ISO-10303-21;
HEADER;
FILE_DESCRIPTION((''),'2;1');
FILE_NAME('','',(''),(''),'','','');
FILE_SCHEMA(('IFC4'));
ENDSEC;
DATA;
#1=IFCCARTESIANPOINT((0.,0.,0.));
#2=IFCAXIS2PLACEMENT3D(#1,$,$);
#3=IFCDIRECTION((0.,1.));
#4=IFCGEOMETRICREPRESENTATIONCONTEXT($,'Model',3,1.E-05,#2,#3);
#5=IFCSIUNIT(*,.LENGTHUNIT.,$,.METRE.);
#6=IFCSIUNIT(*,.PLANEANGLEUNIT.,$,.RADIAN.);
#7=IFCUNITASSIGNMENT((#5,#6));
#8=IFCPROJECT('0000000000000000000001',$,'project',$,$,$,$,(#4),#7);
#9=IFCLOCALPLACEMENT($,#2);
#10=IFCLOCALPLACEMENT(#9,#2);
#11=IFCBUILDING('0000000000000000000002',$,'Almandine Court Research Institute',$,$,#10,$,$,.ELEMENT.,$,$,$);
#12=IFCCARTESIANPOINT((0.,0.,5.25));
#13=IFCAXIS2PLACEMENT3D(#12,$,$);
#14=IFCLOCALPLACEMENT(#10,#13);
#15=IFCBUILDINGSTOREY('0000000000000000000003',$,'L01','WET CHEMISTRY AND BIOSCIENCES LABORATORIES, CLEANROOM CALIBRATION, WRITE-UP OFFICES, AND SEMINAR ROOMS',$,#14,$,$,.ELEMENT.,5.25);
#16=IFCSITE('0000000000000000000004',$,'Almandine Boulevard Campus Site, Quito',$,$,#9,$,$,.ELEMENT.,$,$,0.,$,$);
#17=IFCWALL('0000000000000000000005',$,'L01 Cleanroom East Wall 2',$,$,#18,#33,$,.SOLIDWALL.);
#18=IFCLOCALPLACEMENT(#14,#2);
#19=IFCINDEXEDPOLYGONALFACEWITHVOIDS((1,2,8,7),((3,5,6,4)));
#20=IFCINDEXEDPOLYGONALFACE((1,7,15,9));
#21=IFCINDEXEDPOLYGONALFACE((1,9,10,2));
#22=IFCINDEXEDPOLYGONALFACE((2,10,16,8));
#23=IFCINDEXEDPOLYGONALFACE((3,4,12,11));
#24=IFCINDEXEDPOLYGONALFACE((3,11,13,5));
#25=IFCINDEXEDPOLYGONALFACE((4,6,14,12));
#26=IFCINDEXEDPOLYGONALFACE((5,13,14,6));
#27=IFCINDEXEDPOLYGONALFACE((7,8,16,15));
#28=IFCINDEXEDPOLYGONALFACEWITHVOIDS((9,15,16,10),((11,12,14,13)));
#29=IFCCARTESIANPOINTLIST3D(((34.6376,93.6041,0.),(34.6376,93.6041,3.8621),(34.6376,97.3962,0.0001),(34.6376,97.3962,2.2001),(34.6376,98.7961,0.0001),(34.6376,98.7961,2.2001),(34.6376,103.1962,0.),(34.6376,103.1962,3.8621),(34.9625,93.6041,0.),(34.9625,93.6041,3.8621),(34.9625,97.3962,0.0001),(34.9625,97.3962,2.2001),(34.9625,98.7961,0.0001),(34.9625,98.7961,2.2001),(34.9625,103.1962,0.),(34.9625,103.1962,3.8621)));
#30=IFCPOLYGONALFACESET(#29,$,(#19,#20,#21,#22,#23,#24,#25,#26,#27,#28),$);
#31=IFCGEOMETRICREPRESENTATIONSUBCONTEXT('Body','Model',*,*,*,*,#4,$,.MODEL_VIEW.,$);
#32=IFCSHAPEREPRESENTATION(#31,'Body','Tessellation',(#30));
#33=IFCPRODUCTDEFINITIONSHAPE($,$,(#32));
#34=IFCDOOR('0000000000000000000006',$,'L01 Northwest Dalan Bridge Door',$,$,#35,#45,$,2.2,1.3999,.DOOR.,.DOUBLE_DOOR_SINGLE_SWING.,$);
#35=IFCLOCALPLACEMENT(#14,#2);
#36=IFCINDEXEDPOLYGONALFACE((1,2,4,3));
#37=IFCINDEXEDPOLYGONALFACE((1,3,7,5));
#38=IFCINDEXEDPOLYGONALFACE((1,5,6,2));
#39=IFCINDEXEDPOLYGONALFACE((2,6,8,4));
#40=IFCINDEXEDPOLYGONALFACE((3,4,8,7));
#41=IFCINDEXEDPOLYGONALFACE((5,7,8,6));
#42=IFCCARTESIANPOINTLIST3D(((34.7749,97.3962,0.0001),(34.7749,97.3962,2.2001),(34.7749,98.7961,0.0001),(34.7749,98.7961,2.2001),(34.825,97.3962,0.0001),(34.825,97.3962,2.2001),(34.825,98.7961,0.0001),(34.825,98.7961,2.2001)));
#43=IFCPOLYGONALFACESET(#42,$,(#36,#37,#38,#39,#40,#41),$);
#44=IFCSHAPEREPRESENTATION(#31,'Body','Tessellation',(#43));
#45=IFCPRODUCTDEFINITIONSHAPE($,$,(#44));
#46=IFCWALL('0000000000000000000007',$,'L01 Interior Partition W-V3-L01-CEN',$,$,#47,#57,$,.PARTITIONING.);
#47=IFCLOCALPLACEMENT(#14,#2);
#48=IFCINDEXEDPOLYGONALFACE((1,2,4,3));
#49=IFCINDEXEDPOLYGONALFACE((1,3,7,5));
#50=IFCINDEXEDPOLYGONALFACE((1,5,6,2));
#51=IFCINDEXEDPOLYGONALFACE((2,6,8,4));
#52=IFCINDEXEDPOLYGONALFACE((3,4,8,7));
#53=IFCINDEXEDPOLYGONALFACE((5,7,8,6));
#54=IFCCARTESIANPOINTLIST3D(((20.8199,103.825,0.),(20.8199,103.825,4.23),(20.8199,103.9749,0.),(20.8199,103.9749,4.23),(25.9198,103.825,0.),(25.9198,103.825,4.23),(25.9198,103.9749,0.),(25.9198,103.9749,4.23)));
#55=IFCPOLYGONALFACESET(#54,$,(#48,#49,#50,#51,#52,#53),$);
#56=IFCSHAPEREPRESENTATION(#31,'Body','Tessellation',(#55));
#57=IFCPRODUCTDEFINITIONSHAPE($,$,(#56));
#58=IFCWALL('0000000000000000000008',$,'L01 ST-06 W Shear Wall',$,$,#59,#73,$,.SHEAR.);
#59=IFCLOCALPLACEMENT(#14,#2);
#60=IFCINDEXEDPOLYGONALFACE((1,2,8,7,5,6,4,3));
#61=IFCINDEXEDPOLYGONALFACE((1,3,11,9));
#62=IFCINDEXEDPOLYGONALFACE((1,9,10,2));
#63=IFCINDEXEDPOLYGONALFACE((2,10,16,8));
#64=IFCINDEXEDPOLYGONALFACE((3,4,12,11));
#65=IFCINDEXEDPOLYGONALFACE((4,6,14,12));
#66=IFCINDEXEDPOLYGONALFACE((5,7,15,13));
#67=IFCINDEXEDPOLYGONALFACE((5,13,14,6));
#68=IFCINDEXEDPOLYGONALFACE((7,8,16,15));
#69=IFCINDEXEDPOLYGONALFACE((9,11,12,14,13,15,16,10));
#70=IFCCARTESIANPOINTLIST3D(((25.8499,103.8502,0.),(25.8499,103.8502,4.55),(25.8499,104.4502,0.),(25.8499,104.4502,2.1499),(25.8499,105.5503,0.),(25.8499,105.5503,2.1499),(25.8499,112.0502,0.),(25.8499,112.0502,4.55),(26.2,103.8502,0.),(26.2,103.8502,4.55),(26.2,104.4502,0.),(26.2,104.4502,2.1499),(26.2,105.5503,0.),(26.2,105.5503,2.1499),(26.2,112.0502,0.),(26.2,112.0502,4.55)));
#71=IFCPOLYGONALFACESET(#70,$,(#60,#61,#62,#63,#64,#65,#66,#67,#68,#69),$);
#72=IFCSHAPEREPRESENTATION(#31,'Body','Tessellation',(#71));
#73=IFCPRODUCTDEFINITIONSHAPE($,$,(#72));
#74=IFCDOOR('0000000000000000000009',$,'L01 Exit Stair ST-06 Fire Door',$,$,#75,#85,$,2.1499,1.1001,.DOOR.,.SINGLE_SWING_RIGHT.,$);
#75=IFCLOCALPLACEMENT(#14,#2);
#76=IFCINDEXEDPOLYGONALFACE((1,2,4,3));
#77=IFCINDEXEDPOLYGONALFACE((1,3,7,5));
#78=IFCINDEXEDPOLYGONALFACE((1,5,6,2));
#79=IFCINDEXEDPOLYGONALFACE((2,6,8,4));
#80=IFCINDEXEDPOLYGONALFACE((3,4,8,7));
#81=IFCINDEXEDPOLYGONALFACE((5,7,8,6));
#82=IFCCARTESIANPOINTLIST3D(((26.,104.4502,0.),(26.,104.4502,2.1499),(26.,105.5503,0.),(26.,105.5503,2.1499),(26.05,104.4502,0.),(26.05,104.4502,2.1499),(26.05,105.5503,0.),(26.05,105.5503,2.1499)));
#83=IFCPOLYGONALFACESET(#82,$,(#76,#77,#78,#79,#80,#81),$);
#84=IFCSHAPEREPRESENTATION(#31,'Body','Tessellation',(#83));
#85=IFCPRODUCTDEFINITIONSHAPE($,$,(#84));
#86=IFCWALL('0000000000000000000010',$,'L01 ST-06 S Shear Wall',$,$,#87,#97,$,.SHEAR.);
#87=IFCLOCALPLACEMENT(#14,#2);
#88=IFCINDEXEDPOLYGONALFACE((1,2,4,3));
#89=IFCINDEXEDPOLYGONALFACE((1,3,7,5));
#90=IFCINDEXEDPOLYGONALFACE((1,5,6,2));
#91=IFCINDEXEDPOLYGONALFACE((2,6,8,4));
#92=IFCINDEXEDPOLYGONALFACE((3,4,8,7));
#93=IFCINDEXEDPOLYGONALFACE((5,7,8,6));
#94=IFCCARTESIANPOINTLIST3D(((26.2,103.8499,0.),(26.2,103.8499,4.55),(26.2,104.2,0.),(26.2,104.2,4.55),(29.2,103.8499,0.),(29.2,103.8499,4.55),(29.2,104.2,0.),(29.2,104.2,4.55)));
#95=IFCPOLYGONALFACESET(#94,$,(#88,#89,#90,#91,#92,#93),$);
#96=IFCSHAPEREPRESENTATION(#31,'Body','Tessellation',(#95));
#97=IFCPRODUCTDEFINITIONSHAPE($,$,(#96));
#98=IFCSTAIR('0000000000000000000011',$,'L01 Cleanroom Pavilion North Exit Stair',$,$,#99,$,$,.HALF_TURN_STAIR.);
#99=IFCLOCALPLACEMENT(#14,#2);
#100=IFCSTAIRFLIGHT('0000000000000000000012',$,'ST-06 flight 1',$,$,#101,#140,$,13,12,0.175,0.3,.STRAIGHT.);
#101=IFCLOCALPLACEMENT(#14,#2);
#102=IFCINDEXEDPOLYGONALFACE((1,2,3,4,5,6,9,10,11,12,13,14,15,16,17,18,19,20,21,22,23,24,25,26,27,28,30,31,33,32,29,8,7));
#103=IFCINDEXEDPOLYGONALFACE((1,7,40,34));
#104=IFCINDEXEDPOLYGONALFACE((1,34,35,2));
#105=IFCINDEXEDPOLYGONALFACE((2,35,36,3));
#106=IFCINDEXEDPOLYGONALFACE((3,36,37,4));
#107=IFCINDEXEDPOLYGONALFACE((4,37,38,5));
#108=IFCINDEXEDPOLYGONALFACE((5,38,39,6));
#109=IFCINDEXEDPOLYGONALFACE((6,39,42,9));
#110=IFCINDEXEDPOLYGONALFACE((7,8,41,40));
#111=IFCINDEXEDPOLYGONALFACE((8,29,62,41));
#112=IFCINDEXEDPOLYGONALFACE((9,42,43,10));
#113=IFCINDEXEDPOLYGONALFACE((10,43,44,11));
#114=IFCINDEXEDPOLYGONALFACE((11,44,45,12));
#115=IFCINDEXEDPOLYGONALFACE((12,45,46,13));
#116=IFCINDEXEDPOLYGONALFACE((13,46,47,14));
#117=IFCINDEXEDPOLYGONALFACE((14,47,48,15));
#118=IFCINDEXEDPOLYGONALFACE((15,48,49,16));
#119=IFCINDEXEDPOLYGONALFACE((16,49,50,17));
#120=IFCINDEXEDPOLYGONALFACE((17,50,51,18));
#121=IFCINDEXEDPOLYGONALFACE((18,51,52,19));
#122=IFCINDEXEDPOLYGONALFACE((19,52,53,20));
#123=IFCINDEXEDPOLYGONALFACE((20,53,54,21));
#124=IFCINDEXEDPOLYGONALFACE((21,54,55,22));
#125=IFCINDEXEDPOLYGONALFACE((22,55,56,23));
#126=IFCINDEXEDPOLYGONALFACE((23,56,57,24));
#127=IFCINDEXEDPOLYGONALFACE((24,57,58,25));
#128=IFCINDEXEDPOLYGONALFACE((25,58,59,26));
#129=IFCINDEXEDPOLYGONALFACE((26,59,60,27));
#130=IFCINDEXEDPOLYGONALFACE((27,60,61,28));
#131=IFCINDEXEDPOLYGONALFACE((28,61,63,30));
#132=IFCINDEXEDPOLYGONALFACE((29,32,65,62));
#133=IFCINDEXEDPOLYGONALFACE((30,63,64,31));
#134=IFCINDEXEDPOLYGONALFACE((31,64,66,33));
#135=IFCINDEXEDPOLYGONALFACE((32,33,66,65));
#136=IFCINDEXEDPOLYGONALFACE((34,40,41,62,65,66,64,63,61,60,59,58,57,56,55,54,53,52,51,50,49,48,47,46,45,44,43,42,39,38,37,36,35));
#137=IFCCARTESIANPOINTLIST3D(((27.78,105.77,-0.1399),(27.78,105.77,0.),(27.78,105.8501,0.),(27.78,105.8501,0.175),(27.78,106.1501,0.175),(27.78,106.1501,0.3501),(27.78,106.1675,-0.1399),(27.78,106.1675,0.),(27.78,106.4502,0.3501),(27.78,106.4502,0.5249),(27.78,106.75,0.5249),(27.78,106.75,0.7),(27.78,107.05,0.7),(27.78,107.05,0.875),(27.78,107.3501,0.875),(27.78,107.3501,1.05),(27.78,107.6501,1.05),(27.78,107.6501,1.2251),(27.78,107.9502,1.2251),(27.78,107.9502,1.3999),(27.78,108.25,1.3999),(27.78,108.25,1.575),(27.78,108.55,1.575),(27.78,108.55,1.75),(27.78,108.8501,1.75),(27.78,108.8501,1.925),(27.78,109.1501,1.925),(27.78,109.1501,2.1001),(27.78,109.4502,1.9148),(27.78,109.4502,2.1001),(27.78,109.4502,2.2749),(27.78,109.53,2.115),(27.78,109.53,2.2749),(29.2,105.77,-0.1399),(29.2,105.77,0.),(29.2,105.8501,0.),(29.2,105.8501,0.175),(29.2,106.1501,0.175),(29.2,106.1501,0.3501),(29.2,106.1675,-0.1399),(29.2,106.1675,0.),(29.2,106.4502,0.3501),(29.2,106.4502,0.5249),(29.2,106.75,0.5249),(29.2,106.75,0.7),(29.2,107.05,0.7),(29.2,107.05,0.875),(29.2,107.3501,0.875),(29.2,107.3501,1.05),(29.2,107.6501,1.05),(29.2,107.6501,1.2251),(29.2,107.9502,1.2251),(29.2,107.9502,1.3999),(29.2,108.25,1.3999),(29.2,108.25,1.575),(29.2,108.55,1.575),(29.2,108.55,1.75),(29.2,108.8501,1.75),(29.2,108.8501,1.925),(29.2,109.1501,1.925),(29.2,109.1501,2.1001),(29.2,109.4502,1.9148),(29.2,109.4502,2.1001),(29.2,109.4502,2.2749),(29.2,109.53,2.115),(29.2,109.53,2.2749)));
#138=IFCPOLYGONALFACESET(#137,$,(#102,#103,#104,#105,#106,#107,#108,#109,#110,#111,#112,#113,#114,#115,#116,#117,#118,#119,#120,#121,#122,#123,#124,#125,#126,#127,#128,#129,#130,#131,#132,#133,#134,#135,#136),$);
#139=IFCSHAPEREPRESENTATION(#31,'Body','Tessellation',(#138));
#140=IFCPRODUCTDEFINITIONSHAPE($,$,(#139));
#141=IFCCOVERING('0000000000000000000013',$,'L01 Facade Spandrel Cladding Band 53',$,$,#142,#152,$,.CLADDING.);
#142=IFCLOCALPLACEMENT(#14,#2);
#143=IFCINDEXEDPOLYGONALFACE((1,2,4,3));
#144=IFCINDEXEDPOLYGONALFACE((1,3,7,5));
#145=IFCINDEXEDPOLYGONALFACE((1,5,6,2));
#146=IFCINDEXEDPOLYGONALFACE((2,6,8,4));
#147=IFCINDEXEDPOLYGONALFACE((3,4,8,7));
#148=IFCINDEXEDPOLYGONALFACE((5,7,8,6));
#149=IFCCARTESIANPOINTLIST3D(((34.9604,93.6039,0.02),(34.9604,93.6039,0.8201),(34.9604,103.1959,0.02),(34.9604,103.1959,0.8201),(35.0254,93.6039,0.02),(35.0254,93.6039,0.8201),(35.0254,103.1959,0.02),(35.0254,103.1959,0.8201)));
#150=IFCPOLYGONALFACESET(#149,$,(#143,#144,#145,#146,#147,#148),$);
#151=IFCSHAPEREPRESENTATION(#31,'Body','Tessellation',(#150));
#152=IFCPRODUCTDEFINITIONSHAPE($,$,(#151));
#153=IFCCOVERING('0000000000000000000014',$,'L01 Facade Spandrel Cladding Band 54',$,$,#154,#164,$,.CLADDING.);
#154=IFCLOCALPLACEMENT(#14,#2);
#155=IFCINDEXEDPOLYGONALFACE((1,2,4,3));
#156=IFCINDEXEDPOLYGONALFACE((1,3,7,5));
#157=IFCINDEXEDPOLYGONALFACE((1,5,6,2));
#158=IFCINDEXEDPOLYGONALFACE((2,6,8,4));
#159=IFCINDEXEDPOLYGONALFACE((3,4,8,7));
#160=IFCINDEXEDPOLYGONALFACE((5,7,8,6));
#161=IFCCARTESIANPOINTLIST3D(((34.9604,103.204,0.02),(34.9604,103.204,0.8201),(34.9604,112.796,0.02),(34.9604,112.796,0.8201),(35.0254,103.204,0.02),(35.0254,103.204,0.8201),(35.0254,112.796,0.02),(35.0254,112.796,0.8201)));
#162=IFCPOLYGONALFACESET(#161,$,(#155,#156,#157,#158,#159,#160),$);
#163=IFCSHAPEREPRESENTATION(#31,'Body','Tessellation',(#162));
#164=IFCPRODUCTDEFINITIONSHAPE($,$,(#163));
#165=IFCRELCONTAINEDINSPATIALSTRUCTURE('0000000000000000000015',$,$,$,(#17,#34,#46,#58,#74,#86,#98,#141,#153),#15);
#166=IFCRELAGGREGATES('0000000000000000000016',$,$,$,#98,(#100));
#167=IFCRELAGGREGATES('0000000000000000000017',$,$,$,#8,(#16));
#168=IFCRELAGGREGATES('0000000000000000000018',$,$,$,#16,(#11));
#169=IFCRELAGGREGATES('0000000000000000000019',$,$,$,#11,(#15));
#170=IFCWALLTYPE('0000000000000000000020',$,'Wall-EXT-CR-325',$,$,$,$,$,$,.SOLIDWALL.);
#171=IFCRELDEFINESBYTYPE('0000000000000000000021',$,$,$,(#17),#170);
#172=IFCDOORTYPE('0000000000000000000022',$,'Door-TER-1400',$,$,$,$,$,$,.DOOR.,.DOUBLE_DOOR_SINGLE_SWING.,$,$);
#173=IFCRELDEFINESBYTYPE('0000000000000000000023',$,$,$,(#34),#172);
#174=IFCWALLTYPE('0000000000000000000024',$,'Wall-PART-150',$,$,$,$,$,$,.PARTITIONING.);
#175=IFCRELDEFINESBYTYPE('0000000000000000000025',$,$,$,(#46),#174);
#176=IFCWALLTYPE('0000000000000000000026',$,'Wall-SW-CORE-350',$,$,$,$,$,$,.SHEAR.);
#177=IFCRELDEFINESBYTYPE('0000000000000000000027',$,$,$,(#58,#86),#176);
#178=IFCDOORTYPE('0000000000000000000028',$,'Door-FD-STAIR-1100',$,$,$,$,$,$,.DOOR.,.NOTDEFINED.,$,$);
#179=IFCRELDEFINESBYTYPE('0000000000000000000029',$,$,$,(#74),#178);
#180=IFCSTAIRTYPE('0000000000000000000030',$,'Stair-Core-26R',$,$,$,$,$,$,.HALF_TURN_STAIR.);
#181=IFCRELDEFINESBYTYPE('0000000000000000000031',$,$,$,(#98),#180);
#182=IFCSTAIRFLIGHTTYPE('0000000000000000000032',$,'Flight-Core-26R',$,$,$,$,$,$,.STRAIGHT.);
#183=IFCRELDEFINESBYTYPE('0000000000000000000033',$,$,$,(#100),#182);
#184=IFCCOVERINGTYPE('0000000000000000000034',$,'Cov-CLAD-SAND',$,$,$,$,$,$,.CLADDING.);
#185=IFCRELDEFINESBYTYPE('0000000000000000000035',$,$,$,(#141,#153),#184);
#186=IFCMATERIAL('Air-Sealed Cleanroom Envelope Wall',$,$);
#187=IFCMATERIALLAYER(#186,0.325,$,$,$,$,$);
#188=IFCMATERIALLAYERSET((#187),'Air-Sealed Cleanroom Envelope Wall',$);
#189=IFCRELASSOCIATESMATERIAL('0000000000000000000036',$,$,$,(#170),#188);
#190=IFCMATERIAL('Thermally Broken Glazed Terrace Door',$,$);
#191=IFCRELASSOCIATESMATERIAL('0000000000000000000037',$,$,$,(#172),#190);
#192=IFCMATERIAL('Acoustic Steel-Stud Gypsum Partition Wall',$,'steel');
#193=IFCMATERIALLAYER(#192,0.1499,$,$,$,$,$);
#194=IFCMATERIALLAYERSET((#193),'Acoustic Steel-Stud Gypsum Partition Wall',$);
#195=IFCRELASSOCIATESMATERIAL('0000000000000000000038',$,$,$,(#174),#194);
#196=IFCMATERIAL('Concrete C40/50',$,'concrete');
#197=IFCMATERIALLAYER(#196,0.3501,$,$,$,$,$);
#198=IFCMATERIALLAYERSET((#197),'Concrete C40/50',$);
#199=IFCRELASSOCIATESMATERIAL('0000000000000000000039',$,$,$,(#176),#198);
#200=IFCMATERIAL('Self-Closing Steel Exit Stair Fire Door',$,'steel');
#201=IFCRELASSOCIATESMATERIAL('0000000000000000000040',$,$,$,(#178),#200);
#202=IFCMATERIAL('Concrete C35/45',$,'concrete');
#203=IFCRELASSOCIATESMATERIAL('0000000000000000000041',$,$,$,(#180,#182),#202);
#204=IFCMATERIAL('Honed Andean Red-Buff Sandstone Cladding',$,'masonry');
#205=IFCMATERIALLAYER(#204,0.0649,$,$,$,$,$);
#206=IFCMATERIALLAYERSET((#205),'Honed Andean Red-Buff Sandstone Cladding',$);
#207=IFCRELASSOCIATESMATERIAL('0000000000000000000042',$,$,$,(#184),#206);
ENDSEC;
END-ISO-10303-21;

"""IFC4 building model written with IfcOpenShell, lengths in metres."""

from ifc_helpers import new_model, si_unit, direction, frame, frame_2d, origin, origin_2d, place, context, subcontext, project, spatial, polyline, rectangle, outline, extrude, material, layer, layer_set, type_object, element, fill, aggregate, save


model = new_model("IFC4")

# Units and contexts
model_context = context("Model", 3, precision=1e-05, world=origin(), true_north=direction((0.0, 1.0)))
body_context = subcontext(model_context, "Body", "Model", "MODEL_VIEW")
ifc_project = project(units=[si_unit("LENGTHUNIT", "METRE"), si_unit("PLANEANGLEUNIT", "RADIAN")], contexts=[model_context])

# Site, building, storey
site_placement = place(None, origin())
site = spatial("IfcSite", under=ifc_project, at=site_placement, Name="Almandine Boulevard Campus Site, Quito", CompositionType="ELEMENT", RefElevation=0.0)
building_placement = place(site_placement, origin())
building = spatial("IfcBuilding", under=site, at=building_placement, Name="Almandine Court Research Institute", CompositionType="ELEMENT")
storey_placement = place(building_placement, frame((0.0, 0.0, 5.25)))
storey = spatial("IfcBuildingStorey", under=building, at=storey_placement, Name="L01", Description="WET CHEMISTRY AND BIOSCIENCES LABORATORIES, CLEANROOM CALIBRATION, WRITE-UP OFFICES, AND SEMINAR ROOMS", CompositionType="ELEMENT", Elevation=5.25)

# Wall, opening, door
ifc_material_1 = material(Name="Air-Sealed Cleanroom Envelope Wall")
ifc_layer_1 = layer(ifc_material_1, 0.325)
ifc_layer_set_1 = layer_set([ifc_layer_1], Name="Air-Sealed Cleanroom Envelope Wall")
wall_type_1 = type_object("IfcWallType", Name="Wall-EXT-CR-325", PredefinedType="SOLIDWALL", material=ifc_layer_set_1)
wall_1_placement = place(storey_placement, frame((34.8, 103.196, 0.0), z_axis=(0.0, 0.0, 1.0), x_axis=(0.0, -1.0, 0.0)))
wall_1 = element("IfcWall", 1, at=wall_1_placement, inside=storey, type_object=wall_type_1, Name="L01 Cleanroom East Wall 2", PredefinedType="SOLIDWALL", context=body_context, shape_type="SweptSolid", body=[
    extrude(rectangle(XDim=9.592, YDim=0.325, at=frame_2d((4.7959, 0.0))), origin(), (0.0, 0.0, 1.0), 3.8621),
])
opening_1_placement = place(wall_1_placement, frame((4.3999, 0.0, 0.0)))
opening_1 = element("IfcOpeningElement", 2, at=opening_1_placement, cuts=wall_1, PredefinedType="OPENING", context=body_context, shape_type="SweptSolid", body=[
    extrude(rectangle(XDim=1.3999, YDim=2.2, at=frame_2d((0.7, 1.1001))), frame((0.0, 0.1724, 0.0), z_axis=(0.0, -1.0, 0.0), x_axis=(1.0, 0.0, 0.0)), (0.0, 0.0, 1.0), 0.345),
])
ifc_material_2 = material(Name="Thermally Broken Glazed Terrace Door")
door_type_1 = type_object("IfcDoorType", Name="Door-TER-1400", OperationType="DOUBLE_DOOR_SINGLE_SWING", PredefinedType="DOOR", material=ifc_material_2)
door_1_placement = place(opening_1_placement, origin())
door_1 = element("IfcDoor", 3, at=door_1_placement, inside=storey, type_object=door_type_1, Name="L01 Northwest Dalan Bridge Door", OperationType="DOUBLE_DOOR_SINGLE_SWING", OverallHeight=2.2, OverallWidth=1.3999, PredefinedType="DOOR", context=body_context, shape_type="SweptSolid", body=[
    extrude(rectangle(XDim=1.3999, YDim=2.2, at=frame_2d((0.7, 1.1001))), frame((0.0, 0.0249, 0.0), z_axis=(0.0, -1.0, 0.0), x_axis=(1.0, 0.0, 0.0)), (0.0, 0.0, 1.0), 0.05),
])
fill(opening_1, door_1)

# Wall
ifc_material_3 = material(Name="Acoustic Steel-Stud Gypsum Partition Wall", Category="steel")
ifc_layer_2 = layer(ifc_material_3, 0.1499)
ifc_layer_set_2 = layer_set([ifc_layer_2], Name="Acoustic Steel-Stud Gypsum Partition Wall")
wall_type_2 = type_object("IfcWallType", Name="Wall-PART-150", PredefinedType="PARTITIONING", material=ifc_layer_set_2)
wall_2_placement = place(storey_placement, frame((20.8201, 103.8999, 0.0), z_axis=(0.0, 0.0, 1.0), x_axis=(1.0, 0.0, 0.0)))
element("IfcWall", 4, at=wall_2_placement, inside=storey, type_object=wall_type_2, Name="L01 Interior Partition W-V3-L01-CEN", PredefinedType="PARTITIONING", context=body_context, shape_type="SweptSolid", body=[
    extrude(rectangle(XDim=5.0999, YDim=0.1499, at=frame_2d((2.5498, 0.0))), origin(), (0.0, 0.0, 1.0), 4.23),
])

# Wall, opening, door
ifc_material_4 = material(Name="Concrete C40/50", Category="concrete")
ifc_layer_3 = layer(ifc_material_4, 0.3501)
ifc_layer_set_3 = layer_set([ifc_layer_3], Name="Concrete C40/50")
wall_type_3 = type_object("IfcWallType", Name="Wall-SW-CORE-350", PredefinedType="SHEAR", material=ifc_layer_set_3)
wall_3_placement = place(storey_placement, frame((26.0249, 103.8501, 0.0), z_axis=(0.0, 0.0, 1.0), x_axis=(0.0, 1.0, 0.0)))
wall_3 = element("IfcWall", 5, at=wall_3_placement, inside=storey, type_object=wall_type_3, Name="L01 ST-06 W Shear Wall", PredefinedType="SHEAR", context=body_context, shape_type="SweptSolid", body=[
    extrude(rectangle(XDim=8.2, YDim=0.3501, at=frame_2d((4.1001, 0.0))), origin(), (0.0, 0.0, 1.0), 4.55),
])
opening_2_placement = place(wall_3_placement, frame((0.6001, 0.0, 0.0)))
opening_2 = element("IfcOpeningElement", 6, at=opening_2_placement, cuts=wall_3, PredefinedType="OPENING", context=body_context, shape_type="SweptSolid", body=[
    extrude(rectangle(XDim=1.1001, YDim=2.1499, at=frame_2d((0.55, 1.075))), frame((0.0, 0.1851, 0.0), z_axis=(0.0, -1.0, 0.0), x_axis=(1.0, 0.0, 0.0)), (0.0, 0.0, 1.0), 0.3701),
])
ifc_material_5 = material(Name="Self-Closing Steel Exit Stair Fire Door", Category="steel")
door_type_2 = type_object("IfcDoorType", Name="Door-FD-STAIR-1100", OperationType="NOTDEFINED", PredefinedType="DOOR", material=ifc_material_5)
door_2_placement = place(opening_2_placement, origin())
door_2 = element("IfcDoor", 7, at=door_2_placement, inside=storey, type_object=door_type_2, Name="L01 Exit Stair ST-06 Fire Door", OperationType="SINGLE_SWING_RIGHT", OverallHeight=2.1499, OverallWidth=1.1001, PredefinedType="DOOR", context=body_context, shape_type="SweptSolid", body=[
    extrude(rectangle(XDim=1.1001, YDim=2.1499, at=frame_2d((0.55, 1.075))), frame((0.0, 0.0249, 0.0), z_axis=(0.0, -1.0, 0.0), x_axis=(1.0, 0.0, 0.0)), (0.0, 0.0, 1.0), 0.05),
])
fill(opening_2, door_2)

# Wall
wall_4_placement = place(storey_placement, frame((29.2, 104.0249, 0.0), z_axis=(0.0, 0.0, 1.0), x_axis=(-1.0, 0.0, 0.0)))
element("IfcWall", 8, at=wall_4_placement, inside=storey, type_object=wall_type_3, Name="L01 ST-06 S Shear Wall", PredefinedType="SHEAR", context=body_context, shape_type="SweptSolid", body=[
    extrude(rectangle(XDim=3.0, YDim=0.3501, at=frame_2d((1.5, 0.0))), origin(), (0.0, 0.0, 1.0), 4.55),
])

# Stair, stair flight
ifc_material_6 = material(Name="Concrete C35/45", Category="concrete")
stair_type = type_object("IfcStairType", Name="Stair-Core-26R", PredefinedType="HALF_TURN_STAIR", material=ifc_material_6)
stair_placement = place(storey_placement, origin())
stair = element("IfcStair", 9, at=stair_placement, inside=storey, type_object=stair_type, Name="L01 Cleanroom Pavilion North Exit Stair", PredefinedType="HALF_TURN_STAIR")
stair_flight_type = type_object("IfcStairFlightType", Name="Flight-Core-26R", PredefinedType="STRAIGHT", material=ifc_material_6)
stair_flight_placement = place(storey_placement, frame((28.49, 105.8501, 0.0), z_axis=(0.0, 0.0, 1.0), x_axis=(0.0, 1.0, 0.0)))
stair_flight = element("IfcStairFlight", 10, at=stair_flight_placement, type_object=stair_flight_type, Name="ST-06 flight 1", NumberOfRisers=13, NumberOfTreads=12, PredefinedType="STRAIGHT", RiserHeight=0.175, TreadLength=0.3, context=body_context, shape_type="SweptSolid", body=[
    extrude(outline(polyline([(-0.0801, -0.1399), (-0.0801, 0.0), (0.0, 0.0), (0.0, 0.175), (0.3, 0.175), (0.3, 0.3501), (0.6001, 0.3501), (0.6001, 0.5249), (0.8999, 0.5249), (0.8999, 0.7), (1.2, 0.7), (1.2, 0.875), (1.5, 0.875), (1.5, 1.05), (1.8, 1.05), (1.8, 1.2251), (2.1001, 1.2251), (2.1001, 1.3999), (2.3999, 1.3999), (2.3999, 1.575), (2.7, 1.575), (2.7, 1.75), (3.0, 1.75), (3.0, 1.925), (3.3, 1.925), (3.3, 2.1001), (3.6001, 2.1001), (3.6001, 2.2749), (3.6799, 2.2749), (3.6799, 2.115), (3.6001, 1.9148), (0.3174, 0.0), (0.3174, -0.1399), (-0.0801, -0.1399)])), frame((0.0, 0.71, 0.0), z_axis=(0.0, -1.0, 0.0), x_axis=(1.0, 0.0, 0.0)), (0.0, 0.0, 1.0), 1.4199),
])
aggregate(stair, [stair_flight])

# Coverings
ifc_material_7 = material(Name="Honed Andean Red-Buff Sandstone Cladding", Category="masonry")
ifc_layer_4 = layer(ifc_material_7, 0.0649)
ifc_layer_set_4 = layer_set([ifc_layer_4], Name="Honed Andean Red-Buff Sandstone Cladding")
covering_type = type_object("IfcCoveringType", Name="Cov-CLAD-SAND", PredefinedType="CLADDING", material=ifc_layer_set_4)
for number, where, z_axis, x_axis, name in (
    (11, (34.9929, 98.3999, 0.02), (0.0, 0.0, 1.0), (0.0, -1.0, 0.0), "L01 Facade Spandrel Cladding Band 53"),
    (12, (34.9929, 108.0, 0.02), (0.0, 0.0, 1.0), (0.0, -1.0, 0.0), "L01 Facade Spandrel Cladding Band 54"),
):
    element("IfcCovering", number, at=place(storey_placement, frame(where, z_axis=z_axis, x_axis=x_axis)), inside=storey, type_object=covering_type, Name=name, PredefinedType="CLADDING", context=body_context, shape_type="SweptSolid", body=[
        extrude(rectangle(XDim=9.592, YDim=0.0649, at=origin_2d()), origin(), (0.0, 0.0, 1.0), 0.8),
    ])

save(model, "model.ifc")
